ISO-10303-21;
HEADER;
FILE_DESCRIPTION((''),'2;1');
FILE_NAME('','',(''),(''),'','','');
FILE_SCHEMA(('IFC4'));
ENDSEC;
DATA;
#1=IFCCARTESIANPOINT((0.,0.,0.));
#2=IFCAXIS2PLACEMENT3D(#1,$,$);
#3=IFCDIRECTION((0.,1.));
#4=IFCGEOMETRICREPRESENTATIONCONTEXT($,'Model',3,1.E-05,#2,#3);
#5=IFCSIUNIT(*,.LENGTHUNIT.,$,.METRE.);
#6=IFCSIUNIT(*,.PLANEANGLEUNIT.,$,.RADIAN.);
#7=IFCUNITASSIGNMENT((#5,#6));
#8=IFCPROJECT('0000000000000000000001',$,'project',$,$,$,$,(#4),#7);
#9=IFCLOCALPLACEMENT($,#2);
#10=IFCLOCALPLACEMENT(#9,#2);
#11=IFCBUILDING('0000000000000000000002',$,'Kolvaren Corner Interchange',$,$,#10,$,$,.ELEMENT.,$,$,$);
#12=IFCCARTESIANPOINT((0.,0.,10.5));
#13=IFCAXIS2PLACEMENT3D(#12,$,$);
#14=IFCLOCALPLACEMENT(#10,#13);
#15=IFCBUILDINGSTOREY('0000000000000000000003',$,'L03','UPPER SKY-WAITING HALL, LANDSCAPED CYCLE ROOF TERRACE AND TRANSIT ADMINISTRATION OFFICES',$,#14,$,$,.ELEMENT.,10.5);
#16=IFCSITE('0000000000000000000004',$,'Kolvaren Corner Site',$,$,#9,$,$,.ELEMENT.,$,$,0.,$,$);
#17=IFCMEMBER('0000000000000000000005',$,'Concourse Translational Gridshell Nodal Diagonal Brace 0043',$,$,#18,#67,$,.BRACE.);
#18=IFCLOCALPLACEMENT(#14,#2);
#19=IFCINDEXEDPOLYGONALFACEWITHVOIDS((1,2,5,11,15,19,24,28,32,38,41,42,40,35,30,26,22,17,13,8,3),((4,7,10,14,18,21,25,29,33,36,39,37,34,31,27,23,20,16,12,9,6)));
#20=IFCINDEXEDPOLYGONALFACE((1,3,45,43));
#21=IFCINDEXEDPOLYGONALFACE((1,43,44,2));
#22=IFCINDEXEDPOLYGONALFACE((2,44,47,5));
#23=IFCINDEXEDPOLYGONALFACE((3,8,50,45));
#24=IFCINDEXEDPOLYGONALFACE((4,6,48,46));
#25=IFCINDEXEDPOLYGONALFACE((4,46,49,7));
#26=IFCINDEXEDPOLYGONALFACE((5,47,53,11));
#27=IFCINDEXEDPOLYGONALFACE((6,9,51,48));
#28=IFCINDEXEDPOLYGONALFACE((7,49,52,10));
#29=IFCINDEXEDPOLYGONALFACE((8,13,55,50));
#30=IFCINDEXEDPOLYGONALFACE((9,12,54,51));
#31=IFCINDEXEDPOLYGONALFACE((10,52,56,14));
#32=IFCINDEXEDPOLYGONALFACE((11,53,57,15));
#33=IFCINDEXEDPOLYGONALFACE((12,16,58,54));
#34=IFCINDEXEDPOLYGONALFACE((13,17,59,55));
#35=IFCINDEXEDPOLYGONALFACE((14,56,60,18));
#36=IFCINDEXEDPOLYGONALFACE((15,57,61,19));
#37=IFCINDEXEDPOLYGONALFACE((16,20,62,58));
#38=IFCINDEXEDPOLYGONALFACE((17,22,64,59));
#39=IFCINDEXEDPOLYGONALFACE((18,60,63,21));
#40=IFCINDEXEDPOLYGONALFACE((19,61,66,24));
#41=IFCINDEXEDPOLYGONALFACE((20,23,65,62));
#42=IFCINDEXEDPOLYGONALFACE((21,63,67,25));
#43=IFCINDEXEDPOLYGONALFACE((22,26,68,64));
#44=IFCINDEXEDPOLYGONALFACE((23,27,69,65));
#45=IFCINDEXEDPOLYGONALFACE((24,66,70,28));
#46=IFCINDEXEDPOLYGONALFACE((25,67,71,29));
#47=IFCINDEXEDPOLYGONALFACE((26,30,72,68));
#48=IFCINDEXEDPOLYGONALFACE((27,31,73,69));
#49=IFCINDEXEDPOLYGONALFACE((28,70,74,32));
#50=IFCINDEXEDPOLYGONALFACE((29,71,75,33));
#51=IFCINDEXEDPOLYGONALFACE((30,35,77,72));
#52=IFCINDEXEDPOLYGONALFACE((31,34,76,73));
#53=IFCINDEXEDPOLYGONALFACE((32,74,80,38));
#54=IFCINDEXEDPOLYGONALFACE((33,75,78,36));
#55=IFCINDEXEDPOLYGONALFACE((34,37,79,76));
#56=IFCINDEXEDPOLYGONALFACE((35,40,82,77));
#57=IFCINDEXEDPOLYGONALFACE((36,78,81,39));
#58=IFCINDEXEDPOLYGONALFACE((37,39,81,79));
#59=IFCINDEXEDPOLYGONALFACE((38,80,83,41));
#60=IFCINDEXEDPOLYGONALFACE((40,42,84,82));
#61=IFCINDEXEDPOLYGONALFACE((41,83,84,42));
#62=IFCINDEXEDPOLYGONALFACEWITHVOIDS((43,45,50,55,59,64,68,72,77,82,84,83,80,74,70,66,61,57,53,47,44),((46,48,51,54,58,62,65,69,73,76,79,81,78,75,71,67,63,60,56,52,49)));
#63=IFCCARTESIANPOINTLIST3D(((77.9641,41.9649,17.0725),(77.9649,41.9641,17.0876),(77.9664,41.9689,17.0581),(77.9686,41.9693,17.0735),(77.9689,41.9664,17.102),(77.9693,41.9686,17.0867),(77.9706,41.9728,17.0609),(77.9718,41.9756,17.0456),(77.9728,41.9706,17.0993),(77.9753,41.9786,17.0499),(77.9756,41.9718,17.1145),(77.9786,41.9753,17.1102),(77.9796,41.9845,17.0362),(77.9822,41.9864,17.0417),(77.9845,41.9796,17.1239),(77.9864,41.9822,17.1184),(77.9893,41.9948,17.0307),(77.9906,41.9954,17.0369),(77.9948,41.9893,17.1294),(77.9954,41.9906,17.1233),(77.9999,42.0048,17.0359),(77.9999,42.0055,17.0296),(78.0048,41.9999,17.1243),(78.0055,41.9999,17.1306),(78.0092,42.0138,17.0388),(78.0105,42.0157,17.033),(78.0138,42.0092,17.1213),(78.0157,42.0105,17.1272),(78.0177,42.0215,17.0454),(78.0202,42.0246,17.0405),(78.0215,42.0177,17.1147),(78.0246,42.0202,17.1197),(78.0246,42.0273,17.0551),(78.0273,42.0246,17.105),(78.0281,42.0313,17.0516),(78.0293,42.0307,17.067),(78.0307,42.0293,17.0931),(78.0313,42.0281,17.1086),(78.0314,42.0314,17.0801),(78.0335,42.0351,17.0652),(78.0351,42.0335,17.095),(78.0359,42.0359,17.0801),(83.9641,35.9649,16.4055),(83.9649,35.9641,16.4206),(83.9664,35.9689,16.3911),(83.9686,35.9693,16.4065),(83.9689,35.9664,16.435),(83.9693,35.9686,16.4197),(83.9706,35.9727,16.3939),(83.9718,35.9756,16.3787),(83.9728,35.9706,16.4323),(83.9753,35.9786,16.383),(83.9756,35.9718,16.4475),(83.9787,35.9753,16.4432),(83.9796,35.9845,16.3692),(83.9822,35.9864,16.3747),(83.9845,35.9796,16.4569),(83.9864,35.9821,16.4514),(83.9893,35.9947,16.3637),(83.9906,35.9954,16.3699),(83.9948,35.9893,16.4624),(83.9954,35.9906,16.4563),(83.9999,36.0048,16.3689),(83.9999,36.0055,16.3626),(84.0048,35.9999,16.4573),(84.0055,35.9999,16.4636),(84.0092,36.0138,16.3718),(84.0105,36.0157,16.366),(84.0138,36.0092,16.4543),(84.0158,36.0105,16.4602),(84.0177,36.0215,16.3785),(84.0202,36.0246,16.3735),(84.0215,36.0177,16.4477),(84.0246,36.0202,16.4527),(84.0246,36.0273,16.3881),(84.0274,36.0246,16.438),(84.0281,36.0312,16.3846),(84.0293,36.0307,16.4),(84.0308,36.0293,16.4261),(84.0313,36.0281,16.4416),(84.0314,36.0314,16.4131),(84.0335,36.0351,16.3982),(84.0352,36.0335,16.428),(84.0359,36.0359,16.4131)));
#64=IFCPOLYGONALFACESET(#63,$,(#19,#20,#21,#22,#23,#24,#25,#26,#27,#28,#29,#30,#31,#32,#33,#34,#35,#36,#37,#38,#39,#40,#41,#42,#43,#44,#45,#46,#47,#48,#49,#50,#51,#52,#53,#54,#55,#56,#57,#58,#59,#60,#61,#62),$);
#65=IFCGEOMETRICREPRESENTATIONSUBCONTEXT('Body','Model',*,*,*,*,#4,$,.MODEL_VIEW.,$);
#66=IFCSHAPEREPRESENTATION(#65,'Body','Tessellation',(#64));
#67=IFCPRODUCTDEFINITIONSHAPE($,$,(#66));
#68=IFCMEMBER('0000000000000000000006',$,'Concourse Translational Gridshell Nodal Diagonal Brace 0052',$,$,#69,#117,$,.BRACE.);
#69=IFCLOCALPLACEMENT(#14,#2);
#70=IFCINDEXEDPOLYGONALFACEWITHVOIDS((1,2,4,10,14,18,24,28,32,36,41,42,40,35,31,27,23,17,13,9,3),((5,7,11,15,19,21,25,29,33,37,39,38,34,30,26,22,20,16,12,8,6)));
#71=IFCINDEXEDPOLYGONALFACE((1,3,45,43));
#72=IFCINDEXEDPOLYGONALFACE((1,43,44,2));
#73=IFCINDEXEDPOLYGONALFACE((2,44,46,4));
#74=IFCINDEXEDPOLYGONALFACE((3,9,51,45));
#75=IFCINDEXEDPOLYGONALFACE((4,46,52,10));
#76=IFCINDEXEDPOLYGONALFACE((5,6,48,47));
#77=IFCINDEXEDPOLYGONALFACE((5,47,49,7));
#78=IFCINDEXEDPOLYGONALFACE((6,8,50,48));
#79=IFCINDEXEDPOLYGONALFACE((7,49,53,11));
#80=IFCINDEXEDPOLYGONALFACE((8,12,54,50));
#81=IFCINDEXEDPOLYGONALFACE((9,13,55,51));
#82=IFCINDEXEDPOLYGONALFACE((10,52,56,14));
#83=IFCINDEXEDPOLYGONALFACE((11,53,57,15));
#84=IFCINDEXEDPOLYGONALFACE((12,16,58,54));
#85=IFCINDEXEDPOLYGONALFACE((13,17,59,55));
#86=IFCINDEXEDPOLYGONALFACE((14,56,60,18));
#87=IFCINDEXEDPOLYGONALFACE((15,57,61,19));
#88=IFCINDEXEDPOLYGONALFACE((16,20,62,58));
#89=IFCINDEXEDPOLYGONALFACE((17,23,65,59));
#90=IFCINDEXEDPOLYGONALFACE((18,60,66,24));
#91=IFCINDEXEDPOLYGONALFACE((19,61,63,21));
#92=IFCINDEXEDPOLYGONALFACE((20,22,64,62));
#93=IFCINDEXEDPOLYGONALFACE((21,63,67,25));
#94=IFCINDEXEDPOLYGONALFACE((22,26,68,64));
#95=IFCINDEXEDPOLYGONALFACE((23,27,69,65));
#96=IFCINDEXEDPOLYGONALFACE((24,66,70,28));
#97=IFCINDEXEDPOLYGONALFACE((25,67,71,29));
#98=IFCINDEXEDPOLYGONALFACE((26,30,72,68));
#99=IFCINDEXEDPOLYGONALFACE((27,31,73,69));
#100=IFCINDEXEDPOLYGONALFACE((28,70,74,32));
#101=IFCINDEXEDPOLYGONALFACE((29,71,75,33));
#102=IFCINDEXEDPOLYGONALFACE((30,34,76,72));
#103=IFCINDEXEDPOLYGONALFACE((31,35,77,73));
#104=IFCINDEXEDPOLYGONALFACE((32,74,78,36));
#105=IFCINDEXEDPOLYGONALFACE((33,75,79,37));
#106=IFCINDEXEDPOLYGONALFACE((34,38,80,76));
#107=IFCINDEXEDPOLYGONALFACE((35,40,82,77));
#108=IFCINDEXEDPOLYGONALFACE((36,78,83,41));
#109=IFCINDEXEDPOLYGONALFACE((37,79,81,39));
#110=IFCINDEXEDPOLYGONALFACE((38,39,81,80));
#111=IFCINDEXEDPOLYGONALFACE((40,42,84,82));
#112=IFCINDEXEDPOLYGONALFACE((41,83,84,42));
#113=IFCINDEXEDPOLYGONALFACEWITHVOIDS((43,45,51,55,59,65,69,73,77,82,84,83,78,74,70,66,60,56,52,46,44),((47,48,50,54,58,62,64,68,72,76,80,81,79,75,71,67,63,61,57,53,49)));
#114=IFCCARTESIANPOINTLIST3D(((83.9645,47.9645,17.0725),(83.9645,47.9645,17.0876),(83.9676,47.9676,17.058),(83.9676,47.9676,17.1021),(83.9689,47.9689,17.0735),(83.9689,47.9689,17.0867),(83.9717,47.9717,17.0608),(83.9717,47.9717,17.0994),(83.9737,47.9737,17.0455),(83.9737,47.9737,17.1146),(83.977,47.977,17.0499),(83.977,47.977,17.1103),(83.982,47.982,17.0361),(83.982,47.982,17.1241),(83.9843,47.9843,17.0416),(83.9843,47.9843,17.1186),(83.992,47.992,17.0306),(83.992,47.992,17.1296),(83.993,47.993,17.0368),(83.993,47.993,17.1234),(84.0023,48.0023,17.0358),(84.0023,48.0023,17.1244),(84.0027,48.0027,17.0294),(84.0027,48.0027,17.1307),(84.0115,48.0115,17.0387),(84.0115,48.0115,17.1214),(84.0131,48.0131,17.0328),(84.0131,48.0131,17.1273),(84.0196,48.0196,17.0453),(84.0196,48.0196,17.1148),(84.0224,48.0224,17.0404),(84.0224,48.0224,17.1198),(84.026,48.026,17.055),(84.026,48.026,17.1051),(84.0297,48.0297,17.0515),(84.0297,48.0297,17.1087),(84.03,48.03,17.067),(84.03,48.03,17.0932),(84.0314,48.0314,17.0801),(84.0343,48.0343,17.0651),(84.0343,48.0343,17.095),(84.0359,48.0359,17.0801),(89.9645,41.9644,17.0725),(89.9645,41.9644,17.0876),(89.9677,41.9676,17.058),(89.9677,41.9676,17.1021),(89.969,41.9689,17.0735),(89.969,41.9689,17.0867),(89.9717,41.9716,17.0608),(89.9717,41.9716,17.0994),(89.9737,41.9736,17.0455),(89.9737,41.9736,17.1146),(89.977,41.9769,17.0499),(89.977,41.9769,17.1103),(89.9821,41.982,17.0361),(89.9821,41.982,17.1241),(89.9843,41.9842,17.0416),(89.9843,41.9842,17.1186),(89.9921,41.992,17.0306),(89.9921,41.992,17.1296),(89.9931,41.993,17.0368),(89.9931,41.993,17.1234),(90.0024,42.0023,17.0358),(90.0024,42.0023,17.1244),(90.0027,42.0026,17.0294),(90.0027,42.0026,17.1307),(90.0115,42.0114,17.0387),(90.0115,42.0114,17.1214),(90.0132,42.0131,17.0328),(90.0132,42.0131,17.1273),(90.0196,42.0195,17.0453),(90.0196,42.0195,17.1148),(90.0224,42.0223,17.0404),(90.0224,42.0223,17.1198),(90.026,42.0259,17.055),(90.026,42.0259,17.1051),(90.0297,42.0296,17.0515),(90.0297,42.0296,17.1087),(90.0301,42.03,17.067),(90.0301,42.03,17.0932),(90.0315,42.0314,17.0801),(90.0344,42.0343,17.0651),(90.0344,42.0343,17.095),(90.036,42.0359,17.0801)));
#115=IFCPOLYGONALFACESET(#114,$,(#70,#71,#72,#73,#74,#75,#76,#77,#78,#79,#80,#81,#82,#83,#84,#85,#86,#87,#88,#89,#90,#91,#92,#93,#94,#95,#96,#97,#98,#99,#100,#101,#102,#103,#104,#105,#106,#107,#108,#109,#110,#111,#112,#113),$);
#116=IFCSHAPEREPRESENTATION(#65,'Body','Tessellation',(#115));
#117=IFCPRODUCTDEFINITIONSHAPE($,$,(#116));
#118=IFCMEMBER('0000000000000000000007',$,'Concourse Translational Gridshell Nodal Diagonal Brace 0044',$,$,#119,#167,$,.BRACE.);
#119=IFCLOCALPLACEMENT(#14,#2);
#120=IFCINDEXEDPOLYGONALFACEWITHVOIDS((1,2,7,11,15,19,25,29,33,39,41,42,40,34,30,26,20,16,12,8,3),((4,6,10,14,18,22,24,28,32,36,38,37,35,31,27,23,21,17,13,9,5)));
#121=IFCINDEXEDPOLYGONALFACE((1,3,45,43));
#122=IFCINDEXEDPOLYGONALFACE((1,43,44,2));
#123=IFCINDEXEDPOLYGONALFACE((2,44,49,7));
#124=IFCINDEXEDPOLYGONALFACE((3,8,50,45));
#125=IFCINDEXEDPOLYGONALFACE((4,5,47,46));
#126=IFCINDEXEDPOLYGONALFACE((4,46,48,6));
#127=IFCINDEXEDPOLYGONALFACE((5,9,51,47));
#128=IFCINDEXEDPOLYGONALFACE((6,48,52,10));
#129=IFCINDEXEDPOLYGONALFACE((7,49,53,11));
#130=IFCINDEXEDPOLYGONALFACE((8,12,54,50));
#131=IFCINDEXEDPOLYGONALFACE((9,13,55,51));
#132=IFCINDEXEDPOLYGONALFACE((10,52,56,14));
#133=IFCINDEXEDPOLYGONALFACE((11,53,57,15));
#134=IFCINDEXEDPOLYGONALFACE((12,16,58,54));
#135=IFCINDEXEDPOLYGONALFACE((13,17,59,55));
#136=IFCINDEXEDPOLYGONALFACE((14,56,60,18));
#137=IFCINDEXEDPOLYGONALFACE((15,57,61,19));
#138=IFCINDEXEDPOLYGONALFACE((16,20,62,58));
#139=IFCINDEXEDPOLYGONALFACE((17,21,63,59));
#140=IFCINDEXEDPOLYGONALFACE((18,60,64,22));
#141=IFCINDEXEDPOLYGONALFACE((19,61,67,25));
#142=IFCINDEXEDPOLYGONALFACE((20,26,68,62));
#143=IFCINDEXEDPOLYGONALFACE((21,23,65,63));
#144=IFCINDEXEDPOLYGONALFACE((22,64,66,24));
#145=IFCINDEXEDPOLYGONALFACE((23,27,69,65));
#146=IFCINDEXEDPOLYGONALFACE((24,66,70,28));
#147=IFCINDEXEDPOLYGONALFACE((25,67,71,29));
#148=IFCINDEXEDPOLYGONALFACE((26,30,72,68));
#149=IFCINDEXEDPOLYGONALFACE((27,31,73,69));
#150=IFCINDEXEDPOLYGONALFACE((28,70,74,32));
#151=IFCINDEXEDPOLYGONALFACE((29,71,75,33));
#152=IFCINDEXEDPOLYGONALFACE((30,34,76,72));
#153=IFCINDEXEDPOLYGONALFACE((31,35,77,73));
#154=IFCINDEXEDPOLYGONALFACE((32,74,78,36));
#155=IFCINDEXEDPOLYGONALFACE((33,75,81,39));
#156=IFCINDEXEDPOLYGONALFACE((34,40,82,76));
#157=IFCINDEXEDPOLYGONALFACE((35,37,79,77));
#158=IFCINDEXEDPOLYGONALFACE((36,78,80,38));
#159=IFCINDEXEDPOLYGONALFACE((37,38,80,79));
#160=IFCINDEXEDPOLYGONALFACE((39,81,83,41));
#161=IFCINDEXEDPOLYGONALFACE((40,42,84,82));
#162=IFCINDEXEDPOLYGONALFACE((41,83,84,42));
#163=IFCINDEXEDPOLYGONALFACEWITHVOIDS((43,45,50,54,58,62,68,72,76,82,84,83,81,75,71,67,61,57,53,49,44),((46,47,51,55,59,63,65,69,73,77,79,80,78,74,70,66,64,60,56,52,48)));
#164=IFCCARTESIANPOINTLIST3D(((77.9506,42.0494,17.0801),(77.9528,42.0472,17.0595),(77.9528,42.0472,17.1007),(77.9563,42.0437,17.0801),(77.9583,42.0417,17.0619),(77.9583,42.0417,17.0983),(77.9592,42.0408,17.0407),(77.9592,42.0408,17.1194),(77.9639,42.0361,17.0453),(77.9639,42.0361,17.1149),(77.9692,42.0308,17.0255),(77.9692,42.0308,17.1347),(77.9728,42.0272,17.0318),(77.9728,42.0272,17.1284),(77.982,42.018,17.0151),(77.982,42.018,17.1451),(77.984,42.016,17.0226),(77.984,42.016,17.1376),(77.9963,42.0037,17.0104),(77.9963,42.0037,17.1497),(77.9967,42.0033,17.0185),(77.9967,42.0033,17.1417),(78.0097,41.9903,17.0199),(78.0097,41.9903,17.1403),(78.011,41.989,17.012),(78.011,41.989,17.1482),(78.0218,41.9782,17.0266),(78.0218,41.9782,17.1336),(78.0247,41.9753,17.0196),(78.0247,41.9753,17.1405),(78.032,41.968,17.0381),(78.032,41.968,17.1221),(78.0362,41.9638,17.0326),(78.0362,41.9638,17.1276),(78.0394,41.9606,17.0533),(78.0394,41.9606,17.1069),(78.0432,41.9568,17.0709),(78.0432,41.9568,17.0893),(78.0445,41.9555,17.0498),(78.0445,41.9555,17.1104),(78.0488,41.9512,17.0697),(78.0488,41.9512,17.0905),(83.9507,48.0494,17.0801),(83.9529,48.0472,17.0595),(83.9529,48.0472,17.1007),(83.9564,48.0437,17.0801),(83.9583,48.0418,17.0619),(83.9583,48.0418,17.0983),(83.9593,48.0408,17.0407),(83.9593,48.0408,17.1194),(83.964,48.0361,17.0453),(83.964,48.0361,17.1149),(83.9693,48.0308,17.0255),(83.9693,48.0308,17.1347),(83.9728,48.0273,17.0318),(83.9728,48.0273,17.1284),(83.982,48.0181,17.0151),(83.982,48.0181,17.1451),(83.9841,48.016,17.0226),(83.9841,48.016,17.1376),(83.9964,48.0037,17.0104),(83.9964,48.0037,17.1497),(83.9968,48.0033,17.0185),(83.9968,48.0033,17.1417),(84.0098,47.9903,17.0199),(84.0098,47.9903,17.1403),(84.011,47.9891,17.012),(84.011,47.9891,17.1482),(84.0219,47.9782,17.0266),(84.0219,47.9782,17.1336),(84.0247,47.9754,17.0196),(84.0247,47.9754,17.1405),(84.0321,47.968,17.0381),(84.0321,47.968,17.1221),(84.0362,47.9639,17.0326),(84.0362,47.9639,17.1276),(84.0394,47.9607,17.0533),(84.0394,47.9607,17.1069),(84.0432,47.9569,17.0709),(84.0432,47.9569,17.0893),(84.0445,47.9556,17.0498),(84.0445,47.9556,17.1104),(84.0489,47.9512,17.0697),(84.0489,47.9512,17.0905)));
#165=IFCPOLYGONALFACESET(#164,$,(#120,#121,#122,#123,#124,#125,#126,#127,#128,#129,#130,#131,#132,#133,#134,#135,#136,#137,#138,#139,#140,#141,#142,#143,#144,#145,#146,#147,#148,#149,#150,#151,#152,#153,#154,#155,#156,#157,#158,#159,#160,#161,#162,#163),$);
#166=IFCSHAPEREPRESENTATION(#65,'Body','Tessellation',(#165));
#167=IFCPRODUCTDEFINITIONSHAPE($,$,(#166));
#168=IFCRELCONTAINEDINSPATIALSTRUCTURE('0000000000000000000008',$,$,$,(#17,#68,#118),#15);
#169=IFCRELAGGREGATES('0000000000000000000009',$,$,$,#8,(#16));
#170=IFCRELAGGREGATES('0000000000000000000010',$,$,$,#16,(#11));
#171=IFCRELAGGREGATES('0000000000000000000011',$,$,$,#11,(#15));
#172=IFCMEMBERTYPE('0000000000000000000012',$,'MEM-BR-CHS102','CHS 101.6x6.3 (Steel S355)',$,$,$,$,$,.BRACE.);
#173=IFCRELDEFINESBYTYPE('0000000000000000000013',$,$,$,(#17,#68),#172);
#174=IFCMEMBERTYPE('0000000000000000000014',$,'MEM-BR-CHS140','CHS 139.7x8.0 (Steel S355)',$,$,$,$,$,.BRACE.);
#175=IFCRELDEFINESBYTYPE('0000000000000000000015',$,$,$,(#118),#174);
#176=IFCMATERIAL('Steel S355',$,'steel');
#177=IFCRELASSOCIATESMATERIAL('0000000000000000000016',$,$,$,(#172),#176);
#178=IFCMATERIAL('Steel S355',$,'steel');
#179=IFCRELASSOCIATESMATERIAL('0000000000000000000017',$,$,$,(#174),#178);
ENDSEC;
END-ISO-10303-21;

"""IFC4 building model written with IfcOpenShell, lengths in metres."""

from ifc_helpers import new_model, si_unit, direction, frame, origin, origin_2d, place, context, subcontext, project, spatial, hollow_circle, extrude, material, material_profile, profile_set, type_object, element, save


model = new_model("IFC4")

# Units and contexts
model_context = context("Model", 3, precision=1e-05, world=origin(), true_north=direction((0.0, 1.0)))
body_context = subcontext(model_context, "Body", "Model", "MODEL_VIEW")
ifc_project = project(units=[si_unit("LENGTHUNIT", "METRE"), si_unit("PLANEANGLEUNIT", "RADIAN")], contexts=[model_context])

# Site, building, storey
site_placement = place(None, origin())
site = spatial("IfcSite", under=ifc_project, at=site_placement, Name="Kolvaren Corner Site", CompositionType="ELEMENT", RefElevation=0.0)
building_placement = place(site_placement, origin())
building = spatial("IfcBuilding", under=site, at=building_placement, Name="Kolvaren Corner Interchange", CompositionType="ELEMENT")
storey_placement = place(building_placement, frame((0.0, 0.0, 10.5)))
storey = spatial("IfcBuildingStorey", under=building, at=storey_placement, Name="L03", Description="UPPER SKY-WAITING HALL, LANDSCAPED CYCLE ROOF TERRACE AND TRANSIT ADMINISTRATION OFFICES", CompositionType="ELEMENT", Elevation=10.5)

# Members
ifc_material_1 = material(Name="Steel S355", Category="steel")
ifc_material_profile_1 = material_profile(ifc_material_1, hollow_circle(Radius=0.0508, WallThickness=0.0063, at=origin_2d()), Name="CHS 101.6x6.3")
ifc_profile_set_1 = profile_set([ifc_material_profile_1], Name="Steel S355")
member_type_1 = type_object("IfcMemberType", Name="MEM-BR-CHS102", Description="CHS 101.6x6.3 (Steel S355)", PredefinedType="BRACE", material=ifc_profile_set_1)
member_1_placement = place(storey_placement, frame((78.0, 42.0, 17.0801), z_axis=(0.704932, -0.704932, -0.078364), x_axis=(0.707107, 0.707107, 0.0)))
element("IfcMember", 1, at=member_1_placement, inside=storey, type_object=member_type_1, Name="Concourse Translational Gridshell Nodal Diagonal Brace 0043", PredefinedType="BRACE", context=body_context, shape_type="SweptSolid", body=[
    extrude(hollow_circle(Radius=0.0508, WallThickness=0.0063, at=origin_2d()), origin(), (0.0, 0.0, 1.0), 8.5115),
])
member_2_placement = place(storey_placement, frame((84.0, 48.0, 17.0801), z_axis=(0.707107, -0.707107, 0.0), x_axis=(0.707107, 0.707107, 0.0)))
element("IfcMember", 2, at=member_2_placement, inside=storey, type_object=member_type_1, Name="Concourse Translational Gridshell Nodal Diagonal Brace 0052", PredefinedType="BRACE", context=body_context, shape_type="SweptSolid", body=[
    extrude(hollow_circle(Radius=0.0508, WallThickness=0.0063, at=origin_2d()), origin(), (0.0, 0.0, 1.0), 8.4854),
])
ifc_material_2 = material(Name="Steel S355", Category="steel")
ifc_material_profile_2 = material_profile(ifc_material_2, hollow_circle(Radius=0.0698, WallThickness=0.0081, at=origin_2d()), Name="CHS 139.7x8.0")
ifc_profile_set_2 = profile_set([ifc_material_profile_2], Name="Steel S355")
member_type_2 = type_object("IfcMemberType", Name="MEM-BR-CHS140", Description="CHS 139.7x8.0 (Steel S355)", PredefinedType="BRACE", material=ifc_profile_set_2)
for number, where, z_axis, x_axis, name in (
    (3, (78.0, 42.0, 17.0801), (0.707107, 0.707107, 0.0), (-0.707107, 0.707107, 0.0), "Concourse Translational Gridshell Nodal Diagonal Brace 0044"),
):
    element("IfcMember", number, at=place(storey_placement, frame(where, z_axis=z_axis, x_axis=x_axis)), inside=storey, type_object=member_type_2, Name=name, PredefinedType="BRACE", context=body_context, shape_type="SweptSolid", body=[
        extrude(hollow_circle(Radius=0.0698, WallThickness=0.0081, at=origin_2d()), origin(), (0.0, 0.0, 1.0), 8.4854),
    ])

save(model, "model.ifc")
